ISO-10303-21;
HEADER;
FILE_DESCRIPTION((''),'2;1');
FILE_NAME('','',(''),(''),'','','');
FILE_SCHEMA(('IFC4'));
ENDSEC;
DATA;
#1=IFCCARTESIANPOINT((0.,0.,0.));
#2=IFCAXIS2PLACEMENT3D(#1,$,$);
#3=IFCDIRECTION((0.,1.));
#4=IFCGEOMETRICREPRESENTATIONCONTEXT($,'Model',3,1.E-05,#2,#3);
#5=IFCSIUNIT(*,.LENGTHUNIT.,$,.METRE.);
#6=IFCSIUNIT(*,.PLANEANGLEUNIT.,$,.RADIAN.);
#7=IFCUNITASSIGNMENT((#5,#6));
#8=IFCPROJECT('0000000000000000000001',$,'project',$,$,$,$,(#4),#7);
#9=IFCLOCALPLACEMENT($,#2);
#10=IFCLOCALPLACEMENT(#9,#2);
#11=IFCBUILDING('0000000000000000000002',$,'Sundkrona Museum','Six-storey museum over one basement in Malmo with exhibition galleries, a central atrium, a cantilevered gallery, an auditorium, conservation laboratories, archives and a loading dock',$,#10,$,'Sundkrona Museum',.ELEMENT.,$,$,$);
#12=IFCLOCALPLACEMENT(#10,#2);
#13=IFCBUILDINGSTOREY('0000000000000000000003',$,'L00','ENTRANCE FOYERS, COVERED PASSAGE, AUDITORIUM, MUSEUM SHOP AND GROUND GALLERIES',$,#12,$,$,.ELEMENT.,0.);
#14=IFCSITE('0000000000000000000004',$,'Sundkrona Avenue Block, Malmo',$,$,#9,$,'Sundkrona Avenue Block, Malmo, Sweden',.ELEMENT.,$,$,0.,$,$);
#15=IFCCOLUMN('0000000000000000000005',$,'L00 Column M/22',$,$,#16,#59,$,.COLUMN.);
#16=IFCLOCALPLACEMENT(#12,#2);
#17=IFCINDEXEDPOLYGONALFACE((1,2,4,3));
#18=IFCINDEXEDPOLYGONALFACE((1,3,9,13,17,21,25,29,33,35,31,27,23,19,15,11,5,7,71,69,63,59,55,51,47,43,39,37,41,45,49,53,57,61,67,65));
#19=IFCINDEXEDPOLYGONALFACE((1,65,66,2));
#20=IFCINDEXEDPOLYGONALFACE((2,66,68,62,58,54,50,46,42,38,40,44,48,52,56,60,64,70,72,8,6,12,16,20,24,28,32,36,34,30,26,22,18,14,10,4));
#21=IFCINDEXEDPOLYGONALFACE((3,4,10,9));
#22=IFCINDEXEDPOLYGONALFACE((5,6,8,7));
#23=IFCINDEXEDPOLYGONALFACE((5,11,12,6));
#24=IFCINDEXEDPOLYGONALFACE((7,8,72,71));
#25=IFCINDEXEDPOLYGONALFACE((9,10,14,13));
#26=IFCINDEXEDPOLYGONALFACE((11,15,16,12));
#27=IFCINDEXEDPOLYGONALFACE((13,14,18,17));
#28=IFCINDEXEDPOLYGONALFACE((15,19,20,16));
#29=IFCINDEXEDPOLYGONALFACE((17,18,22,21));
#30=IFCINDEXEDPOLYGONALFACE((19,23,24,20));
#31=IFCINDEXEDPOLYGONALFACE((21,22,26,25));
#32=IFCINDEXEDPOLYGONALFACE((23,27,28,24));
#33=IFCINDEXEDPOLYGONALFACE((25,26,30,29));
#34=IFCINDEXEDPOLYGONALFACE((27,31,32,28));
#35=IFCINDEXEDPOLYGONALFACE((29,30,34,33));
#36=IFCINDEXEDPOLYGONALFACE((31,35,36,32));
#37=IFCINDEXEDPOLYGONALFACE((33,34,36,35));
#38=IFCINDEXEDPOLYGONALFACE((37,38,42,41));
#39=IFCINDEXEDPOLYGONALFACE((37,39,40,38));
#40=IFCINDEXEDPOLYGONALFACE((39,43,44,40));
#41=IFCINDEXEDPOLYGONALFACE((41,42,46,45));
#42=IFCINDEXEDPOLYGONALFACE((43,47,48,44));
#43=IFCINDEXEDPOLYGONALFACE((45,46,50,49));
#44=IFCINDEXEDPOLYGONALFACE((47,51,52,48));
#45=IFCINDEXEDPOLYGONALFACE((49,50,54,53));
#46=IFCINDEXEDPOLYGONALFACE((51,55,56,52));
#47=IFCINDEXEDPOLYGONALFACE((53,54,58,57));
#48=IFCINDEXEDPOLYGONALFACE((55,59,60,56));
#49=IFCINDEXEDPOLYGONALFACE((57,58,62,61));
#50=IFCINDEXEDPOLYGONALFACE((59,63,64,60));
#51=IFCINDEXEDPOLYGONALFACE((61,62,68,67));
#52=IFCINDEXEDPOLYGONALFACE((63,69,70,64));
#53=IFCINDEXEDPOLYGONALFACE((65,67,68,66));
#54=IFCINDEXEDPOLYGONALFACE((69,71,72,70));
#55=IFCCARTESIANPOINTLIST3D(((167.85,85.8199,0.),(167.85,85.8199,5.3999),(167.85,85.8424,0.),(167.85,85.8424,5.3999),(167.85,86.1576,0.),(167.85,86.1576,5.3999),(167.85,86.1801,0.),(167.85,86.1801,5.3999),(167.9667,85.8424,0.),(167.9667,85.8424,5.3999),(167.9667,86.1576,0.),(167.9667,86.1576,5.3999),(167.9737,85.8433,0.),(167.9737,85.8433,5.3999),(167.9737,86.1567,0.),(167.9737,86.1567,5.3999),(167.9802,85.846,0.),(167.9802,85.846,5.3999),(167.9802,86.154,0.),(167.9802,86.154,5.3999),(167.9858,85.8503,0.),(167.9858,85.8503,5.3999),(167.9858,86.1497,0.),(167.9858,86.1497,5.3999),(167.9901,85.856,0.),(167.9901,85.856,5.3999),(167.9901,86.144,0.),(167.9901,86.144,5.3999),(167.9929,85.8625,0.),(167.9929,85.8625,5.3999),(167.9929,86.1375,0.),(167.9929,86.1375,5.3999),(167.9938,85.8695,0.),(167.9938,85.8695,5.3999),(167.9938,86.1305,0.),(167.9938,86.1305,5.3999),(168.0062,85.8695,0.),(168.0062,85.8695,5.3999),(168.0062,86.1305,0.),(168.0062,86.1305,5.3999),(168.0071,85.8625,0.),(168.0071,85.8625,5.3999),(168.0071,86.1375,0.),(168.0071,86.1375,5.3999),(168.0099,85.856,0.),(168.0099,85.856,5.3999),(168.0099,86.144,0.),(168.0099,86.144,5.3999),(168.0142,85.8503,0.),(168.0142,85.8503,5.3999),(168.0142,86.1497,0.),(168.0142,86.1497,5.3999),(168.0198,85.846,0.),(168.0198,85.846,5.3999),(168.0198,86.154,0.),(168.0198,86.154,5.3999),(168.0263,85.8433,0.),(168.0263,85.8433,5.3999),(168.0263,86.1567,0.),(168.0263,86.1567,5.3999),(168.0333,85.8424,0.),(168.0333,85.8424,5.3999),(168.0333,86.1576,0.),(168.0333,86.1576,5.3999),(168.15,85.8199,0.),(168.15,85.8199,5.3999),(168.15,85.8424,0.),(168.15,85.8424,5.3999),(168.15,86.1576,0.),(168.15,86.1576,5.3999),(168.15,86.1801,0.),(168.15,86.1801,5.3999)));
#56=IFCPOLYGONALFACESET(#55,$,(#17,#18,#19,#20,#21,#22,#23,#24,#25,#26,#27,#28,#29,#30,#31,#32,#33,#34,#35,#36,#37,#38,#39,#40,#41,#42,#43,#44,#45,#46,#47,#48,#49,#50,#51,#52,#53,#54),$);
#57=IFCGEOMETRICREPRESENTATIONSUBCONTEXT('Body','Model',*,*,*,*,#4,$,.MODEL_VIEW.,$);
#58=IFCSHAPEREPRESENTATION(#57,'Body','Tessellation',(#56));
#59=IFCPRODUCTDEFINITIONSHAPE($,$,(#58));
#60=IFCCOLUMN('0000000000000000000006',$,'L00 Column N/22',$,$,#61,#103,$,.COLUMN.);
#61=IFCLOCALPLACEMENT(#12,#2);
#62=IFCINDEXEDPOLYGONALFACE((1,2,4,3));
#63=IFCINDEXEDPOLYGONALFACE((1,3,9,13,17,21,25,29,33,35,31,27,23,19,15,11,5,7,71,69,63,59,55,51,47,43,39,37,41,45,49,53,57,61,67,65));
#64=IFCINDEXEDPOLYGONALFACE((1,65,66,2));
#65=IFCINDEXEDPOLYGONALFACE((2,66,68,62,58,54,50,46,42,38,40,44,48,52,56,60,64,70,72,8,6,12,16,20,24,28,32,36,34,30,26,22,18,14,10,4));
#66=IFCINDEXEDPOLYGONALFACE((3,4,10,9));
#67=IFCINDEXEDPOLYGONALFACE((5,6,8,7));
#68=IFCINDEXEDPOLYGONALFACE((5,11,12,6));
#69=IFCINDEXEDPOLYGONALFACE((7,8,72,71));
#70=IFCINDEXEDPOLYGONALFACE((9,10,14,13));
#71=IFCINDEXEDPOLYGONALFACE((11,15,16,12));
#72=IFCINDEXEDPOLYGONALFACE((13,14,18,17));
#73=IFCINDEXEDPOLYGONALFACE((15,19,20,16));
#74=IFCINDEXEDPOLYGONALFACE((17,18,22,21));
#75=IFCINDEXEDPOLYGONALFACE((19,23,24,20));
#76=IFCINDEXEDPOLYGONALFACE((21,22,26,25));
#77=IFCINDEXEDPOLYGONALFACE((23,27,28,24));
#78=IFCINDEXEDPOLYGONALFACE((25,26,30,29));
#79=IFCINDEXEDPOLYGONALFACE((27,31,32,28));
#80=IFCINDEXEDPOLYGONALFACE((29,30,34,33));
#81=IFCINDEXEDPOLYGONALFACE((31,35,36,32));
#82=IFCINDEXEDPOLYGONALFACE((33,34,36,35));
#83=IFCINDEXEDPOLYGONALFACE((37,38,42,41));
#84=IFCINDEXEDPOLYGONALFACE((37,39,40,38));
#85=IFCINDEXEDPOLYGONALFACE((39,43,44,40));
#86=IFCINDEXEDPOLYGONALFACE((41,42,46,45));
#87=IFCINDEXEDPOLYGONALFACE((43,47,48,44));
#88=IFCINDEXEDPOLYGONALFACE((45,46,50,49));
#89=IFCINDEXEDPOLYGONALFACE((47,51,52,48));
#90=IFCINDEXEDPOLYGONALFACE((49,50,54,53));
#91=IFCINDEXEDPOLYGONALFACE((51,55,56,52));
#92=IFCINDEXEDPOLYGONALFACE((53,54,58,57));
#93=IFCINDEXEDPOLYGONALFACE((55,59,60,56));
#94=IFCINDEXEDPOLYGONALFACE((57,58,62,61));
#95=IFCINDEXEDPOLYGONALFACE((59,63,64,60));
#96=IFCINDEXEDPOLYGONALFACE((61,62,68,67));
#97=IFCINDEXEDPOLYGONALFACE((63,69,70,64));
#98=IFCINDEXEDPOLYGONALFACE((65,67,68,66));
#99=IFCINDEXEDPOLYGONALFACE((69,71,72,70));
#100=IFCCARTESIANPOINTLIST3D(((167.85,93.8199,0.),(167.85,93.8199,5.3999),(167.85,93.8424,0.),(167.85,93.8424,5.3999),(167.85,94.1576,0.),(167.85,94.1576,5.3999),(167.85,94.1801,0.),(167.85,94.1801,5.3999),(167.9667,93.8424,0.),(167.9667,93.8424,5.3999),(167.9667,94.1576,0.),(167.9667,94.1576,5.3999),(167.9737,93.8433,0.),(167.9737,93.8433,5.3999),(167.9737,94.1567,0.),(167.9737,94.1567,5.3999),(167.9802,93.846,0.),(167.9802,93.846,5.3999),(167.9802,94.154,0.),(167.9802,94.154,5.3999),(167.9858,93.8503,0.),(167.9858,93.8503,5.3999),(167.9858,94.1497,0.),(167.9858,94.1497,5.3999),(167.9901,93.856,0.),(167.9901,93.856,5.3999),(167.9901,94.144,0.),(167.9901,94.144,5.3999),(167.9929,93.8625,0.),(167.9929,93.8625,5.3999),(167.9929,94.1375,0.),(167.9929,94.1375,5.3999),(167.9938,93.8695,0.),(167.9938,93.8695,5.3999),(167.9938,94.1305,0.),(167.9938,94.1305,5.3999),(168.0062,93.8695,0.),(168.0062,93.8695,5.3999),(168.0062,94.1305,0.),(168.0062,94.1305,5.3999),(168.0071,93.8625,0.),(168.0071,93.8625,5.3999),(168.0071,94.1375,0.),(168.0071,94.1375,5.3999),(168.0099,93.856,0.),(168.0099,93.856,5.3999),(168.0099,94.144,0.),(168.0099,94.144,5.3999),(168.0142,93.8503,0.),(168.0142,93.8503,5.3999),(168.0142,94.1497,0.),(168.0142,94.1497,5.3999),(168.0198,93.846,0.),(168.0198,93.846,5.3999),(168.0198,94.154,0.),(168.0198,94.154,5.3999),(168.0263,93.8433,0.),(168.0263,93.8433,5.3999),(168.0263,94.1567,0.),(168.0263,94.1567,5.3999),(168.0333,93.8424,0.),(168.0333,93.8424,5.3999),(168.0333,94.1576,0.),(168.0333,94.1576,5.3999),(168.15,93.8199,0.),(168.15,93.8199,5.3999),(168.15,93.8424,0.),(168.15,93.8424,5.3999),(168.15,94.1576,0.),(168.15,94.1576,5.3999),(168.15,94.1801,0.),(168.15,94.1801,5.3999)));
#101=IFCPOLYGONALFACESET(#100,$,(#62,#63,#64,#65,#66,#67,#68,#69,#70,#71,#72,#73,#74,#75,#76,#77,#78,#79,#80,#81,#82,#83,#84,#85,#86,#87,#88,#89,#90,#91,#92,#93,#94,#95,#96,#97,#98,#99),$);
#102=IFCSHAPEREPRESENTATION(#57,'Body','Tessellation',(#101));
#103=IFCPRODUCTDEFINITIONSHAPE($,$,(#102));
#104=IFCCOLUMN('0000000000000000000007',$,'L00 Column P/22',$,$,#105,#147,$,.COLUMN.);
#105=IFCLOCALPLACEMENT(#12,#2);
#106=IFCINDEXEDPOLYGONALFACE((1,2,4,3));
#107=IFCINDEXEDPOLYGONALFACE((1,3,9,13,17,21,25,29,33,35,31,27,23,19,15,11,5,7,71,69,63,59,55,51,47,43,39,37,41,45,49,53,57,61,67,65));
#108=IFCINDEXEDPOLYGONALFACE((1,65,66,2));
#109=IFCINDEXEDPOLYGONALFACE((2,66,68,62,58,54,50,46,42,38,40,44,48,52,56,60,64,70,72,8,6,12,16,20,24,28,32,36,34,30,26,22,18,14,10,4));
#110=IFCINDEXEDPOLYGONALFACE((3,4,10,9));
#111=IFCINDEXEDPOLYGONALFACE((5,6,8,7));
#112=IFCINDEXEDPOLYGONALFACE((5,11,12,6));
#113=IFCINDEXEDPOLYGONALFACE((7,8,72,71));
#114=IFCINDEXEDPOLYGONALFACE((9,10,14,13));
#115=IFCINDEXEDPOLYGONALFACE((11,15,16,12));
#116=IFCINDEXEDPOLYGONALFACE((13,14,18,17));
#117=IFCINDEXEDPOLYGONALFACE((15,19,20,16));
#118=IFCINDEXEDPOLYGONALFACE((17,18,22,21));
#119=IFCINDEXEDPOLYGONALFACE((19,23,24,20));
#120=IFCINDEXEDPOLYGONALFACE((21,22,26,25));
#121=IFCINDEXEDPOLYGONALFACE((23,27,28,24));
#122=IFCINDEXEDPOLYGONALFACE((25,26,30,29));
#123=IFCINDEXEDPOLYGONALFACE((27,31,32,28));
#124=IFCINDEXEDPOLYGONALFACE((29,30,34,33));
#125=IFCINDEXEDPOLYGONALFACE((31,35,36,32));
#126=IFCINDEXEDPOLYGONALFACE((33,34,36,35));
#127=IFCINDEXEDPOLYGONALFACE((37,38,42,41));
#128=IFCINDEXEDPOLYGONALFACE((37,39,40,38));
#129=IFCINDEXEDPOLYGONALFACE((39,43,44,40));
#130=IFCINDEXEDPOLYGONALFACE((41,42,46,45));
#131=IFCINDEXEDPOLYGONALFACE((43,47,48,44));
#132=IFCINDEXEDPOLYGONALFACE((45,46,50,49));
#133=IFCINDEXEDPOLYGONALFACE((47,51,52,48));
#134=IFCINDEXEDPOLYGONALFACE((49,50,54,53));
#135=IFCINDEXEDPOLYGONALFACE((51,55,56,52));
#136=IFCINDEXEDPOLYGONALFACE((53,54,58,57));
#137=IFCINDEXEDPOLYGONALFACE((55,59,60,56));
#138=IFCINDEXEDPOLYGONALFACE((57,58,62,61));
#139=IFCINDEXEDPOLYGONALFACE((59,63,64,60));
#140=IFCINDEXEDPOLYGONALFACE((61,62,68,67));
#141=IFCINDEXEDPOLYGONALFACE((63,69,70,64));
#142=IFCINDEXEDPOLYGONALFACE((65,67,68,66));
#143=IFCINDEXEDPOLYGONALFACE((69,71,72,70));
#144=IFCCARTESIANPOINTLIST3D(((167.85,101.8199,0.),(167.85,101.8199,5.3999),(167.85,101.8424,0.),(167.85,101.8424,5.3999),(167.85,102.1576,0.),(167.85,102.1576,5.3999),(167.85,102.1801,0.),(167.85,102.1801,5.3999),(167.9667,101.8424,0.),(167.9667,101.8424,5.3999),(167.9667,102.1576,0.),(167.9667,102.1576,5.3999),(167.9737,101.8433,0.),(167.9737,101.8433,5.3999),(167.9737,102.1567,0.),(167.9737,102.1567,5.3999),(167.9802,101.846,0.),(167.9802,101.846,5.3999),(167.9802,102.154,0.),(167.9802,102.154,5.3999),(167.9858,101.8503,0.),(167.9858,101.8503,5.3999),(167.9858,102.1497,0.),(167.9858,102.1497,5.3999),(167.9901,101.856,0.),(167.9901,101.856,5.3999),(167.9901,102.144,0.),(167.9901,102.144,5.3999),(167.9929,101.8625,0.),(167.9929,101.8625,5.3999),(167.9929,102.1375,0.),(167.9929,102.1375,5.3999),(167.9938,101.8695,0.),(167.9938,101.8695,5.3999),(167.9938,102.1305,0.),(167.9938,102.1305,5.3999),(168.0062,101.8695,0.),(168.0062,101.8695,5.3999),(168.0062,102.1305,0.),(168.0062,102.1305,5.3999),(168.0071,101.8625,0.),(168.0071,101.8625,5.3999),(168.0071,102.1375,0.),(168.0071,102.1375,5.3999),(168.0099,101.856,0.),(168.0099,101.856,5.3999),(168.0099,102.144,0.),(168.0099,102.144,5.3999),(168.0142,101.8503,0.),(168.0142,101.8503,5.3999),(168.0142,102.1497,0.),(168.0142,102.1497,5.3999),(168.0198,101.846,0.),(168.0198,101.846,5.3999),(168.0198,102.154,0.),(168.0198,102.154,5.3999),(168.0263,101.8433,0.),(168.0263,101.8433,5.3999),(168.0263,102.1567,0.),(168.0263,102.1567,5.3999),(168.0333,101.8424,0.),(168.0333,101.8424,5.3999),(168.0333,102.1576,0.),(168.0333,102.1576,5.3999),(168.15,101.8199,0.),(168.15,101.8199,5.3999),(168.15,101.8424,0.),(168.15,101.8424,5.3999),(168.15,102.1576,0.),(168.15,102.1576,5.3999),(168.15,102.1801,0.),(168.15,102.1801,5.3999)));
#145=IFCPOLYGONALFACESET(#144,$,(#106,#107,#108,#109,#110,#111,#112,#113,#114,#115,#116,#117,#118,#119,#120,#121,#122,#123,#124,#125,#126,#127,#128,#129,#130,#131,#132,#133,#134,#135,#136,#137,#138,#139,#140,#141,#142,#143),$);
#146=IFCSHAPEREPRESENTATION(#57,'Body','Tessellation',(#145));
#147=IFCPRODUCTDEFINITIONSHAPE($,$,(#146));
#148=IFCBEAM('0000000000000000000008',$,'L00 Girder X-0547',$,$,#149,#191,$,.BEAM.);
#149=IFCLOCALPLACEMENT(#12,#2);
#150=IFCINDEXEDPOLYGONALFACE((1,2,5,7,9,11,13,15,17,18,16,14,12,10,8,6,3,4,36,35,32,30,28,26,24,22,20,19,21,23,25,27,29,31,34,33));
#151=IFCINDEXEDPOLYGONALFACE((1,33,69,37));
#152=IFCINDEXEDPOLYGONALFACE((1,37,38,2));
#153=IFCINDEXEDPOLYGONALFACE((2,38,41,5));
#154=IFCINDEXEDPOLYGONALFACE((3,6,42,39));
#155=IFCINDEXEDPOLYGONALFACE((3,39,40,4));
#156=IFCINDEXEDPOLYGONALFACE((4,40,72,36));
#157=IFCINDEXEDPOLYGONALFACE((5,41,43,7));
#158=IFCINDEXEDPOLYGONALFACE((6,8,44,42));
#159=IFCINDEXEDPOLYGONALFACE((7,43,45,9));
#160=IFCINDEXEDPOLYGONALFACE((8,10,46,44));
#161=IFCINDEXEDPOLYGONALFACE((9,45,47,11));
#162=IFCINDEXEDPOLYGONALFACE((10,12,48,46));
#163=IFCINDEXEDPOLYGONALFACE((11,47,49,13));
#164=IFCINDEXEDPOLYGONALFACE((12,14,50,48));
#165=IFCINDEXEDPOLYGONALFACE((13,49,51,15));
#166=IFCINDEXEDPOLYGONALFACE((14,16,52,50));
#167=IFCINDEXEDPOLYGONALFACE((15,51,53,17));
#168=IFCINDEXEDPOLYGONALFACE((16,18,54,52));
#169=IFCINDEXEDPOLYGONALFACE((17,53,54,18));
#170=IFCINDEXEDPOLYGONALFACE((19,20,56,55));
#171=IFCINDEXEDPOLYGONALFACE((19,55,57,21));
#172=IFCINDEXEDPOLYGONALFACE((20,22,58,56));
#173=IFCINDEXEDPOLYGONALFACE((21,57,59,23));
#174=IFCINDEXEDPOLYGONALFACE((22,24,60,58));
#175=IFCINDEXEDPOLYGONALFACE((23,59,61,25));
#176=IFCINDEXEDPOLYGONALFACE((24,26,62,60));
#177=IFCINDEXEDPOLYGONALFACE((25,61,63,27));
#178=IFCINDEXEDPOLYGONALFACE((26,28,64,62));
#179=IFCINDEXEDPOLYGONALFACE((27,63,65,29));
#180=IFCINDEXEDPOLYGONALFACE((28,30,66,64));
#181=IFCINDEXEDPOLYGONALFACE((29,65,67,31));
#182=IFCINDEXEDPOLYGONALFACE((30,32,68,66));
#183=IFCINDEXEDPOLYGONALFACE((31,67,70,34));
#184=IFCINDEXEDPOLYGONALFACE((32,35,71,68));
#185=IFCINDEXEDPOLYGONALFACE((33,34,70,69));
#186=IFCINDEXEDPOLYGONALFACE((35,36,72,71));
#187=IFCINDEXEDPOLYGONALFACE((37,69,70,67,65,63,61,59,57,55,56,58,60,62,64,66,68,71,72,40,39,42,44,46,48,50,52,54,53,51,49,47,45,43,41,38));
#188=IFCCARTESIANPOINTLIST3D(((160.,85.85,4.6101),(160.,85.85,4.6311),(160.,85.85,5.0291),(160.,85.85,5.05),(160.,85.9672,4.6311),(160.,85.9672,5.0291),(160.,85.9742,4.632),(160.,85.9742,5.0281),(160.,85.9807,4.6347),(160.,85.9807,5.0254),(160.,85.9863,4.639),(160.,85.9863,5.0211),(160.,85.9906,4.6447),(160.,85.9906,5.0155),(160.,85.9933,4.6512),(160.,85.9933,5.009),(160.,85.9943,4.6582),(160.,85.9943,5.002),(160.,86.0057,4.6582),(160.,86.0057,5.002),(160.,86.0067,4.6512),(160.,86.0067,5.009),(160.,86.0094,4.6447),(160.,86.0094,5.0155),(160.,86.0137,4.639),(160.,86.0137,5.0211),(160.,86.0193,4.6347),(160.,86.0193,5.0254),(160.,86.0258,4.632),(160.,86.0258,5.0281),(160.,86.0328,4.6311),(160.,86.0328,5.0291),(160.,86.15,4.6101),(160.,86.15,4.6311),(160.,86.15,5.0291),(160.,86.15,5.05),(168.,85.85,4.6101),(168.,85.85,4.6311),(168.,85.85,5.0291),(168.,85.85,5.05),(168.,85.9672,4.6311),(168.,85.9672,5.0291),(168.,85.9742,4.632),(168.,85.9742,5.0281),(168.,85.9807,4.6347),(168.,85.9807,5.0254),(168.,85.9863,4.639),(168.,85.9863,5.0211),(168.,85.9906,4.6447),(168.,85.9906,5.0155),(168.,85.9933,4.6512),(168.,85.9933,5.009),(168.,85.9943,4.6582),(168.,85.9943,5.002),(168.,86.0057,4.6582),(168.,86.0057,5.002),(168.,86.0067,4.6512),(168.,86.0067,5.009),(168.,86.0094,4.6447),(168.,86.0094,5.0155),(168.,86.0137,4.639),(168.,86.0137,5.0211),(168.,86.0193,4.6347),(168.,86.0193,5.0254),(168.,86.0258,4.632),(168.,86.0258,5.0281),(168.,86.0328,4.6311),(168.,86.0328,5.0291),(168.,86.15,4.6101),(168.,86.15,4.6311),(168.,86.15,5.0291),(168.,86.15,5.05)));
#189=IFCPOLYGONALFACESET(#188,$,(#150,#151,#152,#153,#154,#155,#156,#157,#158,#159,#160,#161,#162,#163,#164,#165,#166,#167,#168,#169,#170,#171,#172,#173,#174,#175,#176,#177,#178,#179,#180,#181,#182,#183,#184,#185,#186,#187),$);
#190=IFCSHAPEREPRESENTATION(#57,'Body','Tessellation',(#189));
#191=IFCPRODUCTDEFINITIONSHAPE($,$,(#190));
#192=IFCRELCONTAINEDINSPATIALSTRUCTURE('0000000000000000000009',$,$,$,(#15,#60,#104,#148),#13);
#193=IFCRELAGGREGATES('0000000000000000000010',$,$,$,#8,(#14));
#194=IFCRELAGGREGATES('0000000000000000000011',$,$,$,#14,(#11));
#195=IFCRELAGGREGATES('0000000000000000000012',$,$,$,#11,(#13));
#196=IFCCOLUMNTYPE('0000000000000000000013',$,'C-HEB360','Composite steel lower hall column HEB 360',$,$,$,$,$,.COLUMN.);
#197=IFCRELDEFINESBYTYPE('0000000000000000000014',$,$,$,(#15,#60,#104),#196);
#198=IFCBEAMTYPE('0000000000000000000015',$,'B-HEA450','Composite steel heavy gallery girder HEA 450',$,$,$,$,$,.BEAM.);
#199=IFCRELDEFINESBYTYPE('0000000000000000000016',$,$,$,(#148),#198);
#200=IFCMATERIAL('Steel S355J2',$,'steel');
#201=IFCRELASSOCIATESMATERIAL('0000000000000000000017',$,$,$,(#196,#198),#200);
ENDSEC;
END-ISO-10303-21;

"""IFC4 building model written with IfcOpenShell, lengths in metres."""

from ifc_helpers import new_model, si_unit, direction, frame, origin, origin_2d, place, context, subcontext, project, spatial, i_section, extrude, material, material_profile, profile_set, type_object, element, save


model = new_model("IFC4")

# Units and contexts
model_context = context("Model", 3, precision=1e-05, world=origin(), true_north=direction((0.0, 1.0)))
body_context = subcontext(model_context, "Body", "Model", "MODEL_VIEW")
ifc_project = project(units=[si_unit("LENGTHUNIT", "METRE"), si_unit("PLANEANGLEUNIT", "RADIAN")], contexts=[model_context])

# Site, building, storey
site_placement = place(None, origin())
site = spatial("IfcSite", under=ifc_project, at=site_placement, Name="Sundkrona Avenue Block, Malmo", LongName="Sundkrona Avenue Block, Malmo, Sweden", CompositionType="ELEMENT", RefElevation=0.0)
building_placement = place(site_placement, origin())
building = spatial("IfcBuilding", under=site, at=building_placement, Name="Sundkrona Museum", Description="Six-storey museum over one basement in Malmo with exhibition galleries, a central atrium, a cantilevered gallery, an auditorium, conservation laboratories, archives and a loading dock", LongName="Sundkrona Museum", CompositionType="ELEMENT")
storey_placement = place(building_placement, origin())
storey = spatial("IfcBuildingStorey", under=building, at=storey_placement, Name="L00", Description="ENTRANCE FOYERS, COVERED PASSAGE, AUDITORIUM, MUSEUM SHOP AND GROUND GALLERIES", CompositionType="ELEMENT", Elevation=0.0)

# Columns
ifc_material_1 = material(Name="Steel S355J2", Category="steel")
ifc_material_profile_1 = material_profile(ifc_material_1, i_section(OverallWidth=0.3, OverallDepth=0.3601, WebThickness=0.0125, FlangeThickness=0.0225, FilletRadius=0.0271, at=origin_2d()), Name="HEB 360")
ifc_profile_set_1 = profile_set([ifc_material_profile_1], Name="Steel S355J2")
column_type = type_object("IfcColumnType", Name="C-HEB360", Description="Composite steel lower hall column HEB 360", PredefinedType="COLUMN", material=ifc_profile_set_1)
for number, where, z_axis, x_axis, name in (
    (1, (168.0, 86.0, 0.0), (0.0, 0.0, 1.0), (1.0, 0.0, 0.0), "L00 Column M/22"),
    (2, (168.0, 94.0, 0.0), (0.0, 0.0, 1.0), (1.0, 0.0, 0.0), "L00 Column N/22"),
    (3, (168.0, 102.0, 0.0), (0.0, 0.0, 1.0), (1.0, 0.0, 0.0), "L00 Column P/22"),
):
    element("IfcColumn", number, at=place(storey_placement, frame(where, z_axis=z_axis, x_axis=x_axis)), inside=storey, type_object=column_type, Name=name, PredefinedType="COLUMN", context=body_context, shape_type="SweptSolid", body=[
        extrude(i_section(OverallWidth=0.3, OverallDepth=0.3601, WebThickness=0.0125, FlangeThickness=0.0225, FilletRadius=0.0271, at=origin_2d()), origin(), (0.0, 0.0, 1.0), 5.3999),
    ])

# Beam
ifc_material_profile_2 = material_profile(ifc_material_1, i_section(OverallWidth=0.3, OverallDepth=0.4399, WebThickness=0.0115, FlangeThickness=0.021, FilletRadius=0.0271, at=origin_2d()), Name="HEA 450")
ifc_profile_set_2 = profile_set([ifc_material_profile_2], Name="Steel S355J2")
beam_type_1 = type_object("IfcBeamType", Name="B-HEA450", Description="Composite steel heavy gallery girder HEA 450", PredefinedType="BEAM", material=ifc_profile_set_2)
for number, where, z_axis, x_axis, name in (
    (4, (160.0, 86.0, 4.8301), (1.0, 0.0, 0.0), (0.0, 1.0, 0.0), "L00 Girder X-0547"),
):
    element("IfcBeam", number, at=place(storey_placement, frame(where, z_axis=z_axis, x_axis=x_axis)), inside=storey, type_object=beam_type_1, Name=name, PredefinedType="BEAM", context=body_context, shape_type="SweptSolid", body=[
        extrude(i_section(OverallWidth=0.3, OverallDepth=0.4399, WebThickness=0.0115, FlangeThickness=0.021, FilletRadius=0.0271, at=origin_2d()), origin(), (0.0, 0.0, 1.0), 8.0),
    ])

save(model, "model.ifc")
